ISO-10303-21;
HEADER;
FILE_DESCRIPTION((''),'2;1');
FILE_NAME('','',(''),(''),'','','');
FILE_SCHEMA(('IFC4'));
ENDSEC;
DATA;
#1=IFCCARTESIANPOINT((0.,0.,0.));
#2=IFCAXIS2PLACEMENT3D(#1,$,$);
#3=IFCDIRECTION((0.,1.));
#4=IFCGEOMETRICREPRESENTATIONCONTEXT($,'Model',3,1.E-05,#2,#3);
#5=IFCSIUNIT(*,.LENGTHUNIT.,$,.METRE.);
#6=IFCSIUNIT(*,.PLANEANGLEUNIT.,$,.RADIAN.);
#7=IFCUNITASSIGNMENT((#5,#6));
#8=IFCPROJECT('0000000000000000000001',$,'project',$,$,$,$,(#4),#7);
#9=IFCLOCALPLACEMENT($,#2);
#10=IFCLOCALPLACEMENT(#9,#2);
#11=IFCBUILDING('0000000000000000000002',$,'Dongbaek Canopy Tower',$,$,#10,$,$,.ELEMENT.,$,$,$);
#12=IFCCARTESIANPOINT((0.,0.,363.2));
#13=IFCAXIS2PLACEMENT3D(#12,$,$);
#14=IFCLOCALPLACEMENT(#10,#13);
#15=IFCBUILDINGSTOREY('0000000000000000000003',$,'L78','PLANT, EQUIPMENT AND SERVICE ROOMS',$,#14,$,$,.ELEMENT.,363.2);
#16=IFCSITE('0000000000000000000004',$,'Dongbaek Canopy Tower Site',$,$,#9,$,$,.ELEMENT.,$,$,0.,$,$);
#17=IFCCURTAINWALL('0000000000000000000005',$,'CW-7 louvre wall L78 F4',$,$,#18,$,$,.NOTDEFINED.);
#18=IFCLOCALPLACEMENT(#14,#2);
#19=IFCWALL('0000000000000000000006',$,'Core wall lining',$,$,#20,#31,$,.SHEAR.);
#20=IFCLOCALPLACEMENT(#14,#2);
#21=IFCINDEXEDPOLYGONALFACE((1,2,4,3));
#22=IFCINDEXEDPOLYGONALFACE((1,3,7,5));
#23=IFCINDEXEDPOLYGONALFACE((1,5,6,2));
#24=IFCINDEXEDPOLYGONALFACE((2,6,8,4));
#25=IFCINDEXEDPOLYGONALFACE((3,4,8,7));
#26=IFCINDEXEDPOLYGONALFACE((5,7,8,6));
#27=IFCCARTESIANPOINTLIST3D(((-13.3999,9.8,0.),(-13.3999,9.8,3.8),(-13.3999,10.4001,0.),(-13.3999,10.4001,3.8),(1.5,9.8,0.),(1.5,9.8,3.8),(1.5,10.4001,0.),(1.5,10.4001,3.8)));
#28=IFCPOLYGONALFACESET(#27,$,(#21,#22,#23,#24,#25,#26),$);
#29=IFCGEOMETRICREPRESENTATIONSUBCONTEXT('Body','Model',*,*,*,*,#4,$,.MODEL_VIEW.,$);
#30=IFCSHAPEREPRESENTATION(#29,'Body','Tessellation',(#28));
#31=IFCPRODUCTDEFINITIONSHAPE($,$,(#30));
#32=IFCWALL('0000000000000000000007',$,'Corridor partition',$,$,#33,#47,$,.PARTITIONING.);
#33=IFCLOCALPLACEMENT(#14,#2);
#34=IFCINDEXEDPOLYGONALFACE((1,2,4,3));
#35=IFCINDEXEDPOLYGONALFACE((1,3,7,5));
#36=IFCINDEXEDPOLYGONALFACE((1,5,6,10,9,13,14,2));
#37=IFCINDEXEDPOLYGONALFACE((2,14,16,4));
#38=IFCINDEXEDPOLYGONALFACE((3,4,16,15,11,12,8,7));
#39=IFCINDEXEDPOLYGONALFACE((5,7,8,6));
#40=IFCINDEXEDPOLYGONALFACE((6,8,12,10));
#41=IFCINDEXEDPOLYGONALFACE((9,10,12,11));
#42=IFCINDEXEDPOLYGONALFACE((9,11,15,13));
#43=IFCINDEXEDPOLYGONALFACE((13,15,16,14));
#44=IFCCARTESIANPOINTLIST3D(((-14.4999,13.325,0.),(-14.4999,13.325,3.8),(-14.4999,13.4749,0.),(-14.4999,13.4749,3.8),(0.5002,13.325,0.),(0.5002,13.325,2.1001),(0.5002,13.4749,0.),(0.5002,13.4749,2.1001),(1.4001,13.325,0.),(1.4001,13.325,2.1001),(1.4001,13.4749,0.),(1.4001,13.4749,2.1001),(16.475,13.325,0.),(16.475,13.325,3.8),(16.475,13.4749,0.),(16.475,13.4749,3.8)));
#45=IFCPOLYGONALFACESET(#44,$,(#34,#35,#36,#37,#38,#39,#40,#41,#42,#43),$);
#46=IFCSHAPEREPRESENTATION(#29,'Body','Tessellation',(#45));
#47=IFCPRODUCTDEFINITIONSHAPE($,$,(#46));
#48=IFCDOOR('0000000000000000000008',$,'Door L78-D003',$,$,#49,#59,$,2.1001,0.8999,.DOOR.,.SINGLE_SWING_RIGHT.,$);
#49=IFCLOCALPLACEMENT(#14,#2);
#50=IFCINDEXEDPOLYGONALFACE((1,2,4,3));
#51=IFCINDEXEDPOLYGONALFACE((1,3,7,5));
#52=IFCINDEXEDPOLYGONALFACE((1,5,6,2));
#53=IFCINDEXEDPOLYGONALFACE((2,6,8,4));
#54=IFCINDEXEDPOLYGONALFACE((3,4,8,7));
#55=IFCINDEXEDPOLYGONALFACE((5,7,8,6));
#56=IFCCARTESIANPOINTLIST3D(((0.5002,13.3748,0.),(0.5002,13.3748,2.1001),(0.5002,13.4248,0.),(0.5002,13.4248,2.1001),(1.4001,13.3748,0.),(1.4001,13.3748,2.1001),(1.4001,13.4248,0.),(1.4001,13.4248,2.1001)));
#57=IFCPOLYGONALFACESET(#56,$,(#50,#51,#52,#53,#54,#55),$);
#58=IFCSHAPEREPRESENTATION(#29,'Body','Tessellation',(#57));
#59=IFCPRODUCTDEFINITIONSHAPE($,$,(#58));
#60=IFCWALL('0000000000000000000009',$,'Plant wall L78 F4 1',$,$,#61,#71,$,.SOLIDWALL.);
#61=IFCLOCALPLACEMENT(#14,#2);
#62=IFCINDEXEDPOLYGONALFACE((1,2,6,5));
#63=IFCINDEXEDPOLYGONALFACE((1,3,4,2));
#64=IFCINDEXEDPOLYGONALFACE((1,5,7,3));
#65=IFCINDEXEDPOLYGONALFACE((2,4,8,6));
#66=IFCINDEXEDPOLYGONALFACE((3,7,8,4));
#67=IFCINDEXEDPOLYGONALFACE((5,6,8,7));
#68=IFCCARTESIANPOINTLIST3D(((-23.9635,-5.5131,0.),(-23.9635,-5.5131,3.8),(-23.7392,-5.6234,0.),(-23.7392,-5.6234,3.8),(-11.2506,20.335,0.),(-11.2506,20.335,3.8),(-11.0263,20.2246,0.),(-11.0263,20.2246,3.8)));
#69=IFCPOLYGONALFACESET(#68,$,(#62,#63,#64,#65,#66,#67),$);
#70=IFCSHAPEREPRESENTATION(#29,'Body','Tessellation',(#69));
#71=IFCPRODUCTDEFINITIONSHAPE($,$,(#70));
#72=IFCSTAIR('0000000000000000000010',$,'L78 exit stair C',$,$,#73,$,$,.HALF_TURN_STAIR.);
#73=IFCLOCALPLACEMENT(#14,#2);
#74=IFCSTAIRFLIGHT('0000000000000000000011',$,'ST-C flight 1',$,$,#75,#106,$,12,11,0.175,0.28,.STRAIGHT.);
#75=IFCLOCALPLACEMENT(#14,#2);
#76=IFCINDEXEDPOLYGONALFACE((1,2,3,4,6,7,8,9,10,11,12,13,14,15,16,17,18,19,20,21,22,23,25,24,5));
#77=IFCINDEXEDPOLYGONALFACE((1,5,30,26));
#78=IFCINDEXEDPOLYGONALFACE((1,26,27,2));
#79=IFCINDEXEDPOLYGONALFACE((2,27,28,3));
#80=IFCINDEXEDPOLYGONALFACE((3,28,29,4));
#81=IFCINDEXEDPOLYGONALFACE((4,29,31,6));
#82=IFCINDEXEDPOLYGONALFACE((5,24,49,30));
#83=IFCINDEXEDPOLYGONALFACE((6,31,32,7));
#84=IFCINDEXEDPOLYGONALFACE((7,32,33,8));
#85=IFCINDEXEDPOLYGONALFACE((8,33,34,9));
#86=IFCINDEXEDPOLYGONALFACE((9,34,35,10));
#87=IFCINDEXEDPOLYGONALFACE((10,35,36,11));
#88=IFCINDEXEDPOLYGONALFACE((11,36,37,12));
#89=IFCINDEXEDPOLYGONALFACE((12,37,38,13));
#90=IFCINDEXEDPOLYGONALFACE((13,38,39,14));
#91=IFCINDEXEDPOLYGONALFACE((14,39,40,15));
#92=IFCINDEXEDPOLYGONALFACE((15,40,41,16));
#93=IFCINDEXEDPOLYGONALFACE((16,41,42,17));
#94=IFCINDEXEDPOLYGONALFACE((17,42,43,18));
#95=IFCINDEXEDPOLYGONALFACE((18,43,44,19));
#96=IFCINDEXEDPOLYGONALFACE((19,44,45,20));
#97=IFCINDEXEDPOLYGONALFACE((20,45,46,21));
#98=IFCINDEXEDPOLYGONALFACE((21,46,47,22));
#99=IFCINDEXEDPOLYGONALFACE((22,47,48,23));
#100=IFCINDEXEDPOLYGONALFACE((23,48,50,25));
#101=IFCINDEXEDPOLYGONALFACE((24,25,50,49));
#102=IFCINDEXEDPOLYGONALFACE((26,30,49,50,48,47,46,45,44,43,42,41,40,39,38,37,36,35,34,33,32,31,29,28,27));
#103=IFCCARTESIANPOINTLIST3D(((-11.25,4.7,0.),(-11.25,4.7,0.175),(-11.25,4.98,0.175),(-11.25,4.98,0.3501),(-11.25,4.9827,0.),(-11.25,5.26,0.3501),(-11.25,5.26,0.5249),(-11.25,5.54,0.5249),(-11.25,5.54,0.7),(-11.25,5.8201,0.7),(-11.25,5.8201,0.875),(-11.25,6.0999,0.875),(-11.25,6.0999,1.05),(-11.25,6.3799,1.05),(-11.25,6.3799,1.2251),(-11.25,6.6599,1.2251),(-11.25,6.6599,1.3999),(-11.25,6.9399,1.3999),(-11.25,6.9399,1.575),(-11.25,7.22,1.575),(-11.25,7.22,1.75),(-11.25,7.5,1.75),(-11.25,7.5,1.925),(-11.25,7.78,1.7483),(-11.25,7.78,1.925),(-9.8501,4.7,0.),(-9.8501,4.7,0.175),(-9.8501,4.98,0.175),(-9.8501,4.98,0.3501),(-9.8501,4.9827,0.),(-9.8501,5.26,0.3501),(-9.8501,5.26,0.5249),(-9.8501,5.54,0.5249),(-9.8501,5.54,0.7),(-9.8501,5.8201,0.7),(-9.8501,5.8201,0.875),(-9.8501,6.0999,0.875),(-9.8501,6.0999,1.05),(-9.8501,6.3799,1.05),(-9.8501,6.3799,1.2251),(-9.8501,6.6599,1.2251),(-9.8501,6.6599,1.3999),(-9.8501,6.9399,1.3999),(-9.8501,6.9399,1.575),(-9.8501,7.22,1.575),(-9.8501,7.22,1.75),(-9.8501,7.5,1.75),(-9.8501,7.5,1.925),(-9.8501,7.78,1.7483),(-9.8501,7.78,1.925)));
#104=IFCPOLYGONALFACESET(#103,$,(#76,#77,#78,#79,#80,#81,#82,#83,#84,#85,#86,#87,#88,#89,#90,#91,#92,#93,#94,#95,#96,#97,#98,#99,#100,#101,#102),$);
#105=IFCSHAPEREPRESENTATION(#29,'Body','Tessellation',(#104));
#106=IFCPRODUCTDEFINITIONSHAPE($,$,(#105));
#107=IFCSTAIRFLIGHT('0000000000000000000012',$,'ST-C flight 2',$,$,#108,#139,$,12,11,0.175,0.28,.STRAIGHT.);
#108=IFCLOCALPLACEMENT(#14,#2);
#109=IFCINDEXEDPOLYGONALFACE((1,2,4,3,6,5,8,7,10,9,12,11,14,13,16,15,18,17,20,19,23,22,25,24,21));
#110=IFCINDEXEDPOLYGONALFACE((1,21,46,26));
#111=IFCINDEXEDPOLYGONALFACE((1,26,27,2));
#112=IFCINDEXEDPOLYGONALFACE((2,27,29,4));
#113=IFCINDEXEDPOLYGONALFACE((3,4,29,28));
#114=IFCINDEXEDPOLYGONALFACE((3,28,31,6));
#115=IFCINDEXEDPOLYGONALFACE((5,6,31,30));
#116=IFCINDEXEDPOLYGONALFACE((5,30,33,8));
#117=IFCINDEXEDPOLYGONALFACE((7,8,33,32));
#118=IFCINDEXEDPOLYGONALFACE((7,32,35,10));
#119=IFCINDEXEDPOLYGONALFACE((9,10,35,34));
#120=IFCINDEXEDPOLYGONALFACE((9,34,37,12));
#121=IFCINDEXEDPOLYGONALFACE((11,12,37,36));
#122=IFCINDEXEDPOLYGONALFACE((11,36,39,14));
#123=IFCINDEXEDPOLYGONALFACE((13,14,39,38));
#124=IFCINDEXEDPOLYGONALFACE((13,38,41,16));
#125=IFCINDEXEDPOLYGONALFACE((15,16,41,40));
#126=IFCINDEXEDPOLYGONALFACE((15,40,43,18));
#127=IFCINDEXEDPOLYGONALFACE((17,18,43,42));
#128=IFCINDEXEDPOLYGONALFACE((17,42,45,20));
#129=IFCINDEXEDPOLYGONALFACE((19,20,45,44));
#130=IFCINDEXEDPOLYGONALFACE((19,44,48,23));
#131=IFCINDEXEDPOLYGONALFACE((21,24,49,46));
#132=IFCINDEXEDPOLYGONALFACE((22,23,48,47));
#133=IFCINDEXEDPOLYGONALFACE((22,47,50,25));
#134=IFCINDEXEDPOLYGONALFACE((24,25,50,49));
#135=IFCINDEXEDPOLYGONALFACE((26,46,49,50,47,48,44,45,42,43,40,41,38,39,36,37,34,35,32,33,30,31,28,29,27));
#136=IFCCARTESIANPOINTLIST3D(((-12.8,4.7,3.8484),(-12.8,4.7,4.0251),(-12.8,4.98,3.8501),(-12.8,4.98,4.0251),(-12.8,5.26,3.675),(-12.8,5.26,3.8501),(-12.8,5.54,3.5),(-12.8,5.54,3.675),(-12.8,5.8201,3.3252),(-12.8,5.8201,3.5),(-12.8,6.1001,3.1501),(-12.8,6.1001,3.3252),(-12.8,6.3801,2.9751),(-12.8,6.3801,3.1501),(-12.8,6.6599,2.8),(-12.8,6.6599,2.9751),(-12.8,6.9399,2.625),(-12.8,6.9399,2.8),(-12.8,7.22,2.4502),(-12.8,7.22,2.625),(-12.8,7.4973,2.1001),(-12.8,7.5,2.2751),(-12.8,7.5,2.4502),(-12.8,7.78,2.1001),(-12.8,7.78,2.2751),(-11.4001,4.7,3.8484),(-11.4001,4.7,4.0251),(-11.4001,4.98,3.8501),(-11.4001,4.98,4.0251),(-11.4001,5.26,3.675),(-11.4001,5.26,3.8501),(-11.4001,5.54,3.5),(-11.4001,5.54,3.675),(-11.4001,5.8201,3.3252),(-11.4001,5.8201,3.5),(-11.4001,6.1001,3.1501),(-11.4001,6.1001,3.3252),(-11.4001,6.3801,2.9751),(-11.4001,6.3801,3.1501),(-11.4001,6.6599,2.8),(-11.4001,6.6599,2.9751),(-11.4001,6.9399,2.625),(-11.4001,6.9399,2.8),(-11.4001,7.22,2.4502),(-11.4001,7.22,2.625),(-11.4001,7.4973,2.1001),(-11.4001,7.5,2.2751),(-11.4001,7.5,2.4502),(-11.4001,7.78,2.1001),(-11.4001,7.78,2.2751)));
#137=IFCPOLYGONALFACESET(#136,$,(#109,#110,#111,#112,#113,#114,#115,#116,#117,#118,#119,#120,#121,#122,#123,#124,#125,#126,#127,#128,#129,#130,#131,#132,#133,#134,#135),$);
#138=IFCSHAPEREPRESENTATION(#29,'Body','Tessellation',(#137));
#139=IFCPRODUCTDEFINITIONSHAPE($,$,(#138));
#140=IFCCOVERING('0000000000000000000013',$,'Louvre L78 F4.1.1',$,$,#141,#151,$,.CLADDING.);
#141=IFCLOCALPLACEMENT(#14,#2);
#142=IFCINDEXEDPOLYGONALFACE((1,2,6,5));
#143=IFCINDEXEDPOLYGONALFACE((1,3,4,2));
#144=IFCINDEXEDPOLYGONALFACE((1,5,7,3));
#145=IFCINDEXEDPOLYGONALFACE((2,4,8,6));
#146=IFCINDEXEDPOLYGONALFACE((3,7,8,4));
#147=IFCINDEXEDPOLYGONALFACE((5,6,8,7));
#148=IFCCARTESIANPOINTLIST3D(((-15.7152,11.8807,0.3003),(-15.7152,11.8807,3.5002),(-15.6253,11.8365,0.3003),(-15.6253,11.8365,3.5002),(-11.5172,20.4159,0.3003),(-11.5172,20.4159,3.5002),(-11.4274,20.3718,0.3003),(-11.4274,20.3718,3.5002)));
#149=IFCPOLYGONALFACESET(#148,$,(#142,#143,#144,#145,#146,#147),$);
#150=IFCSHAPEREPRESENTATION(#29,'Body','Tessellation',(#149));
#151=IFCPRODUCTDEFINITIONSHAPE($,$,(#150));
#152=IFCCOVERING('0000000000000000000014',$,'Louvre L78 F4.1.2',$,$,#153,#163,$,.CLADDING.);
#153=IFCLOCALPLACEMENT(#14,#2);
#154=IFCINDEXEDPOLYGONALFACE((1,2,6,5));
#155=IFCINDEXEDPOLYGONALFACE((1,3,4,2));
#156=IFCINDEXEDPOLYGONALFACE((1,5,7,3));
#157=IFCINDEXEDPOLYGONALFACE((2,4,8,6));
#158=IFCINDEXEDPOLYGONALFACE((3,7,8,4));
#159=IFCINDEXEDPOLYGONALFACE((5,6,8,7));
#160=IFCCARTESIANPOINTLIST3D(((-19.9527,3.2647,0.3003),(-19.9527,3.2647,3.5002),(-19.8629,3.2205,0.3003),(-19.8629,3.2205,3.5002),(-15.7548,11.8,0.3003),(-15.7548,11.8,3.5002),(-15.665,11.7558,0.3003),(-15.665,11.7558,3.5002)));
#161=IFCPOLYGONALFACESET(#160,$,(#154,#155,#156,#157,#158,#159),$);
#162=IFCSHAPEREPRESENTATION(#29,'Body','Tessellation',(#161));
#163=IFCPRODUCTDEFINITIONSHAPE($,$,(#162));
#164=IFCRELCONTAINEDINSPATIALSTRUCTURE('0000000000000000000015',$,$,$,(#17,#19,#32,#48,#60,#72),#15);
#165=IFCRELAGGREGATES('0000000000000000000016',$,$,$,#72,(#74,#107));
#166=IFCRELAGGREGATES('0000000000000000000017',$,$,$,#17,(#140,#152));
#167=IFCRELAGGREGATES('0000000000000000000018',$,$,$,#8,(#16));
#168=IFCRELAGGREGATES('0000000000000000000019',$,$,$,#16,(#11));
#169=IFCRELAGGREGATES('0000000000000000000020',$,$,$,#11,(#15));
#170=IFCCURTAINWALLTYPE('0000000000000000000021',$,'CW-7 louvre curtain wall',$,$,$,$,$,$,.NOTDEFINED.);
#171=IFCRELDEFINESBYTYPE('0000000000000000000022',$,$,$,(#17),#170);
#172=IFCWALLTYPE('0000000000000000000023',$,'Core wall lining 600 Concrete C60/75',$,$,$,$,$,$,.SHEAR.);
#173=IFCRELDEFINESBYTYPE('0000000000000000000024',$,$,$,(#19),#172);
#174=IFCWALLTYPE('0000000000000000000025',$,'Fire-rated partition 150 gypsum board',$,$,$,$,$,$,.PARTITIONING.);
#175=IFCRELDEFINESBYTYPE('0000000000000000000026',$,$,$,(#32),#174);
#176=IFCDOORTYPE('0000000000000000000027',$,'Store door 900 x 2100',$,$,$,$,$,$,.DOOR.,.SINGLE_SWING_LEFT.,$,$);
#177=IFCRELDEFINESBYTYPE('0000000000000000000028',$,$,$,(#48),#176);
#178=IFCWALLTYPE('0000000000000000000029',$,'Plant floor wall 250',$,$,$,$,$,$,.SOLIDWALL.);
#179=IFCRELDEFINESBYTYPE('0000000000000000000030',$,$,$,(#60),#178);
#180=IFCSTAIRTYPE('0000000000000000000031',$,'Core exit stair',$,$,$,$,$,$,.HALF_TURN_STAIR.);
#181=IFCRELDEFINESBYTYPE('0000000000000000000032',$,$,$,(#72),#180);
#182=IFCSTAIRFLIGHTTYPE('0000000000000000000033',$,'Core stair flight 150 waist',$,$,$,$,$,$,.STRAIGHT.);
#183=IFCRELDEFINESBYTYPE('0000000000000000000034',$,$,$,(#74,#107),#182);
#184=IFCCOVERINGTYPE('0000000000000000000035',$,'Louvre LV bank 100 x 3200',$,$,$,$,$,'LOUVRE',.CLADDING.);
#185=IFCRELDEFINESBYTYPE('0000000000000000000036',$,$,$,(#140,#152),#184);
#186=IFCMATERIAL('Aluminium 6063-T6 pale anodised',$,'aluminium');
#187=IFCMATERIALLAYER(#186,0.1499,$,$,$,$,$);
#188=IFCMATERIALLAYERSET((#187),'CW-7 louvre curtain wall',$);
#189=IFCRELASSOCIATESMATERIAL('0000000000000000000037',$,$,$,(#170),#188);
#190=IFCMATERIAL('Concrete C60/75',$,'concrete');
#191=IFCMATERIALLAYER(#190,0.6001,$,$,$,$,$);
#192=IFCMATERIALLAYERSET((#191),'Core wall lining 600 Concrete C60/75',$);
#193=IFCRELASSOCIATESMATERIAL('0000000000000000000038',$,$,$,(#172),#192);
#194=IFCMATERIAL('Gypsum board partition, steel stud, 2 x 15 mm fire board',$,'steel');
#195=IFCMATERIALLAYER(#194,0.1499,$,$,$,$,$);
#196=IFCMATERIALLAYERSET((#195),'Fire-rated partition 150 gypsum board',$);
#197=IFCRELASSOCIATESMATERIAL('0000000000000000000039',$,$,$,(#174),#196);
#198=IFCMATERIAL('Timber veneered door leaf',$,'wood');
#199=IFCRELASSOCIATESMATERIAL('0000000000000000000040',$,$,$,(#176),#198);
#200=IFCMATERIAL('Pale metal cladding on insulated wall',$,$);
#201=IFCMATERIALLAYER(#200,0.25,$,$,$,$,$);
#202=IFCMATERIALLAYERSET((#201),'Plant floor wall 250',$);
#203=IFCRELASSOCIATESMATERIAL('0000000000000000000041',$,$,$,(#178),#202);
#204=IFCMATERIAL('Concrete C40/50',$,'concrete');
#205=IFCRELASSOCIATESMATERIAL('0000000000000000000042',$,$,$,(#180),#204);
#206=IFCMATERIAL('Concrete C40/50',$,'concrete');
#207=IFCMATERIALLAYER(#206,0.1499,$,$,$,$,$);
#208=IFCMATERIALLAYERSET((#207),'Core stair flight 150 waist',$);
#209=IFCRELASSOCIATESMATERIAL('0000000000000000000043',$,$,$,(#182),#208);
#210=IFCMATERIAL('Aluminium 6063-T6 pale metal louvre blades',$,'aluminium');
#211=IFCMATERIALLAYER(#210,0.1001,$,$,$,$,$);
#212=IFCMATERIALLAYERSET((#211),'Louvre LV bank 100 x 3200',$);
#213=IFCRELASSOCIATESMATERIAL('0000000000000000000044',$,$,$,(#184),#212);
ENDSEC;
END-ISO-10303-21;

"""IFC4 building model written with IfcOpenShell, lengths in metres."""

from ifc_helpers import new_model, si_unit, direction, frame, frame_2d, origin, origin_2d, place, context, subcontext, project, spatial, polyline, rectangle, outline, extrude, material, layer, layer_set, type_object, element, fill, aggregate, save


model = new_model("IFC4")

# Units and contexts
model_context = context("Model", 3, precision=1e-05, world=origin(), true_north=direction((0.0, 1.0)))
body_context = subcontext(model_context, "Body", "Model", "MODEL_VIEW")
ifc_project = project(units=[si_unit("LENGTHUNIT", "METRE"), si_unit("PLANEANGLEUNIT", "RADIAN")], contexts=[model_context])

# Site, building, storey
site_placement = place(None, origin())
site = spatial("IfcSite", under=ifc_project, at=site_placement, Name="Dongbaek Canopy Tower Site", CompositionType="ELEMENT", RefElevation=0.0)
building_placement = place(site_placement, origin())
building = spatial("IfcBuilding", under=site, at=building_placement, Name="Dongbaek Canopy Tower", CompositionType="ELEMENT")
storey_placement = place(building_placement, frame((0.0, 0.0, 363.2)))
storey = spatial("IfcBuildingStorey", under=building, at=storey_placement, Name="L78", Description="PLANT, EQUIPMENT AND SERVICE ROOMS", CompositionType="ELEMENT", Elevation=363.2)

# Shared definitions
ifc_material_1 = material(Name="Aluminium 6063-T6 pale anodised", Category="aluminium")
ifc_layer_1 = layer(ifc_material_1, 0.1499)
ifc_layer_set_1 = layer_set([ifc_layer_1], Name="CW-7 louvre curtain wall")
curtain_wall_type = type_object("IfcCurtainWallType", Name="CW-7 louvre curtain wall", PredefinedType="NOTDEFINED", material=ifc_layer_set_1)

# Curtain wall
curtain_wall_1_placement = place(storey_placement, origin())
curtain_wall_1 = element("IfcCurtainWall", 1, at=curtain_wall_1_placement, inside=storey, type_object=curtain_wall_type, Name="CW-7 louvre wall L78 F4", PredefinedType="NOTDEFINED")

# Wall
ifc_material_2 = material(Name="Concrete C60/75", Category="concrete")
ifc_layer_2 = layer(ifc_material_2, 0.6001)
ifc_layer_set_2 = layer_set([ifc_layer_2], Name="Core wall lining 600 Concrete C60/75")
wall_type_1 = type_object("IfcWallType", Name="Core wall lining 600 Concrete C60/75", PredefinedType="SHEAR", material=ifc_layer_set_2)
wall_1_placement = place(storey_placement, frame((-13.3999, 10.1001, 0.0), z_axis=(0.0, 0.0, 1.0), x_axis=(1.0, 0.0, 0.0)))
element("IfcWall", 2, at=wall_1_placement, inside=storey, type_object=wall_type_1, Name="Core wall lining", PredefinedType="SHEAR", context=body_context, shape_type="SweptSolid", body=[
    extrude(rectangle(XDim=14.8999, YDim=0.6001, at=frame_2d((7.45, 0.0))), origin(), (0.0, 0.0, 1.0), 3.8),
])

# Wall, opening, door
ifc_material_3 = material(Name="Gypsum board partition, steel stud, 2 x 15 mm fire board", Category="steel")
ifc_layer_3 = layer(ifc_material_3, 0.1499)
ifc_layer_set_3 = layer_set([ifc_layer_3], Name="Fire-rated partition 150 gypsum board")
wall_type_2 = type_object("IfcWallType", Name="Fire-rated partition 150 gypsum board", PredefinedType="PARTITIONING", material=ifc_layer_set_3)
wall_2_placement = place(storey_placement, frame((-14.4998, 13.3999, 0.0), z_axis=(0.0, 0.0, 1.0), x_axis=(1.0, 0.0, 0.0)))
wall_2 = element("IfcWall", 3, at=wall_2_placement, inside=storey, type_object=wall_type_2, Name="Corridor partition", PredefinedType="PARTITIONING", context=body_context, shape_type="SweptSolid", body=[
    extrude(rectangle(XDim=30.9749, YDim=0.1499, at=frame_2d((15.4873, 0.0))), origin(), (0.0, 0.0, 1.0), 3.8),
])
opening_1_placement = place(wall_2_placement, frame((15.0, 0.0, 0.0)))
opening_1 = element("IfcOpeningElement", 4, at=opening_1_placement, cuts=wall_2, PredefinedType="OPENING", context=body_context, shape_type="SweptSolid", body=[
    extrude(rectangle(XDim=0.8999, YDim=2.1001, at=frame_2d((0.45, 1.05))), frame((0.0, 0.085, 0.0), z_axis=(0.0, -1.0, 0.0), x_axis=(1.0, 0.0, 0.0)), (0.0, 0.0, 1.0), 0.1699),
])
ifc_material_4 = material(Name="Timber veneered door leaf", Category="wood")
door_type_1 = type_object("IfcDoorType", Name="Store door 900 x 2100", OperationType="SINGLE_SWING_LEFT", PredefinedType="DOOR", material=ifc_material_4)
door_1_placement = place(opening_1_placement, origin())
door_1 = element("IfcDoor", 5, at=door_1_placement, inside=storey, type_object=door_type_1, Name="Door L78-D003", OperationType="SINGLE_SWING_RIGHT", OverallHeight=2.1001, OverallWidth=0.8999, PredefinedType="DOOR", context=body_context, shape_type="SweptSolid", body=[
    extrude(rectangle(XDim=0.8999, YDim=2.1001, at=frame_2d((0.45, 1.05))), frame((0.0, 0.0249, 0.0), z_axis=(0.0, -1.0, 0.0), x_axis=(1.0, 0.0, 0.0)), (0.0, 0.0, 1.0), 0.05),
])
fill(opening_1, door_1)

# Wall
ifc_material_5 = material(Name="Pale metal cladding on insulated wall")
ifc_layer_4 = layer(ifc_material_5, 0.25)
ifc_layer_set_4 = layer_set([ifc_layer_4], Name="Plant floor wall 250")
wall_type_3 = type_object("IfcWallType", Name="Plant floor wall 250", PredefinedType="SOLIDWALL", material=ifc_layer_set_4)
wall_3_placement = place(storey_placement, frame((-11.1384, 20.2798, 0.0), z_axis=(0.0, 0.0, 1.0), x_axis=(-0.441342, -0.897339, 0.0)))
element("IfcWall", 6, at=wall_3_placement, inside=storey, type_object=wall_type_3, Name="Plant wall L78 F4 1", PredefinedType="SOLIDWALL", context=body_context, shape_type="SweptSolid", body=[
    extrude(rectangle(XDim=28.8052, YDim=0.25, at=frame_2d((14.4026, 0.0))), origin(), (0.0, 0.0, 1.0), 3.8),
])

# Stair, stair flights
ifc_material_6 = material(Name="Concrete C40/50", Category="concrete")
stair_type = type_object("IfcStairType", Name="Core exit stair", PredefinedType="HALF_TURN_STAIR", material=ifc_material_6)
stair_placement = place(storey_placement, origin())
stair = element("IfcStair", 7, at=stair_placement, inside=storey, type_object=stair_type, Name="L78 exit stair C", PredefinedType="HALF_TURN_STAIR")
ifc_material_7 = material(Name="Concrete C40/50", Category="concrete")
ifc_layer_5 = layer(ifc_material_7, 0.1499)
ifc_layer_set_5 = layer_set([ifc_layer_5], Name="Core stair flight 150 waist")
stair_flight_type = type_object("IfcStairFlightType", Name="Core stair flight 150 waist", PredefinedType="STRAIGHT", material=ifc_layer_set_5)
stair_flight_1_placement = place(storey_placement, frame((-10.55, 4.7, 0.0), z_axis=(0.0, 0.0, 1.0), x_axis=(0.0, 1.0, 0.0)))
stair_flight_1 = element("IfcStairFlight", 8, at=stair_flight_1_placement, type_object=stair_flight_type, Name="ST-C flight 1", NumberOfRisers=12, NumberOfTreads=11, PredefinedType="STRAIGHT", RiserHeight=0.175, TreadLength=0.28, context=body_context, shape_type="SweptSolid", body=[
    extrude(outline(polyline([(0.0, 0.0), (0.0, 0.175), (0.28, 0.175), (0.28, 0.3501), (0.5601, 0.3501), (0.5601, 0.5249), (0.8401, 0.5249), (0.8401, 0.7), (1.1201, 0.7), (1.1201, 0.875), (1.3999, 0.875), (1.3999, 1.05), (1.6799, 1.05), (1.6799, 1.2251), (1.96, 1.2251), (1.96, 1.3999), (2.24, 1.3999), (2.24, 1.575), (2.52, 1.575), (2.52, 1.75), (2.8, 1.75), (2.8, 1.925), (3.0801, 1.925), (3.0801, 2.1001), (3.0801, 1.7483), (0.2827, 0.0), (0.0, 0.0)])), frame((0.0, 0.7, 0.0), z_axis=(0.0, -1.0, 0.0), x_axis=(1.0, 0.0, 0.0)), (0.0, 0.0, 1.0), 1.3999),
])
stair_flight_2_placement = place(storey_placement, frame((-12.1001, 7.78, 2.1001), z_axis=(0.0, 0.0, 1.0), x_axis=(0.0, -1.0, 0.0)))
stair_flight_2 = element("IfcStairFlight", 9, at=stair_flight_2_placement, type_object=stair_flight_type, Name="ST-C flight 2", NumberOfRisers=12, NumberOfTreads=11, PredefinedType="STRAIGHT", RiserHeight=0.175, TreadLength=0.28, context=body_context, shape_type="SweptSolid", body=[
    extrude(outline(polyline([(0.0, 0.0), (0.0, 0.175), (0.28, 0.175), (0.28, 0.3501), (0.5601, 0.3501), (0.5601, 0.5249), (0.8401, 0.5249), (0.8401, 0.7), (1.1201, 0.7), (1.1201, 0.875), (1.3999, 0.875), (1.3999, 1.05), (1.6799, 1.05), (1.6799, 1.2251), (1.96, 1.2251), (1.96, 1.3999), (2.24, 1.3999), (2.24, 1.575), (2.52, 1.575), (2.52, 1.75), (2.8, 1.75), (2.8, 1.925), (3.0801, 1.925), (3.0801, 2.1001), (3.0801, 1.7483), (0.2827, 0.0), (0.0, 0.0)])), frame((0.0, 0.7, 0.0), z_axis=(0.0, -1.0, 0.0), x_axis=(1.0, 0.0, 0.0)), (0.0, 0.0, 1.0), 1.3999),
])
aggregate(stair, [stair_flight_1, stair_flight_2])

# Coverings
ifc_material_8 = material(Name="Aluminium 6063-T6 pale metal louvre blades", Category="aluminium")
ifc_layer_6 = layer(ifc_material_8, 0.1001)
ifc_layer_set_6 = layer_set([ifc_layer_6], Name="Louvre LV bank 100 x 3200")
covering_type = type_object("IfcCoveringType", Name="Louvre LV bank 100 x 3200", ElementType="LOUVRE", PredefinedType="CLADDING", material=ifc_layer_set_6)
covering_1_placement = place(storey_placement, frame((-13.5713, 16.1262, 0.3003), z_axis=(0.0, 0.0, 1.0), x_axis=(-0.441342, -0.897339, 0.0)))
covering_1 = element("IfcCovering", 10, at=covering_1_placement, type_object=covering_type, Name="Louvre L78 F4.1.1", PredefinedType="CLADDING", context=body_context, shape_type="SweptSolid", body=[
    extrude(rectangle(XDim=9.5117, YDim=0.1001, at=origin_2d()), origin(), (0.0, 0.0, 1.0), 3.2),
])
covering_2_placement = place(storey_placement, frame((-17.8088, 7.5103, 0.3003), z_axis=(0.0, 0.0, 1.0), x_axis=(-0.441342, -0.897339, 0.0)))
covering_2 = element("IfcCovering", 11, at=covering_2_placement, type_object=covering_type, Name="Louvre L78 F4.1.2", PredefinedType="CLADDING", context=body_context, shape_type="SweptSolid", body=[
    extrude(rectangle(XDim=9.5117, YDim=0.1001, at=origin_2d()), origin(), (0.0, 0.0, 1.0), 3.2),
])

aggregate(curtain_wall_1, [covering_1, covering_2])

save(model, "model.ifc")
